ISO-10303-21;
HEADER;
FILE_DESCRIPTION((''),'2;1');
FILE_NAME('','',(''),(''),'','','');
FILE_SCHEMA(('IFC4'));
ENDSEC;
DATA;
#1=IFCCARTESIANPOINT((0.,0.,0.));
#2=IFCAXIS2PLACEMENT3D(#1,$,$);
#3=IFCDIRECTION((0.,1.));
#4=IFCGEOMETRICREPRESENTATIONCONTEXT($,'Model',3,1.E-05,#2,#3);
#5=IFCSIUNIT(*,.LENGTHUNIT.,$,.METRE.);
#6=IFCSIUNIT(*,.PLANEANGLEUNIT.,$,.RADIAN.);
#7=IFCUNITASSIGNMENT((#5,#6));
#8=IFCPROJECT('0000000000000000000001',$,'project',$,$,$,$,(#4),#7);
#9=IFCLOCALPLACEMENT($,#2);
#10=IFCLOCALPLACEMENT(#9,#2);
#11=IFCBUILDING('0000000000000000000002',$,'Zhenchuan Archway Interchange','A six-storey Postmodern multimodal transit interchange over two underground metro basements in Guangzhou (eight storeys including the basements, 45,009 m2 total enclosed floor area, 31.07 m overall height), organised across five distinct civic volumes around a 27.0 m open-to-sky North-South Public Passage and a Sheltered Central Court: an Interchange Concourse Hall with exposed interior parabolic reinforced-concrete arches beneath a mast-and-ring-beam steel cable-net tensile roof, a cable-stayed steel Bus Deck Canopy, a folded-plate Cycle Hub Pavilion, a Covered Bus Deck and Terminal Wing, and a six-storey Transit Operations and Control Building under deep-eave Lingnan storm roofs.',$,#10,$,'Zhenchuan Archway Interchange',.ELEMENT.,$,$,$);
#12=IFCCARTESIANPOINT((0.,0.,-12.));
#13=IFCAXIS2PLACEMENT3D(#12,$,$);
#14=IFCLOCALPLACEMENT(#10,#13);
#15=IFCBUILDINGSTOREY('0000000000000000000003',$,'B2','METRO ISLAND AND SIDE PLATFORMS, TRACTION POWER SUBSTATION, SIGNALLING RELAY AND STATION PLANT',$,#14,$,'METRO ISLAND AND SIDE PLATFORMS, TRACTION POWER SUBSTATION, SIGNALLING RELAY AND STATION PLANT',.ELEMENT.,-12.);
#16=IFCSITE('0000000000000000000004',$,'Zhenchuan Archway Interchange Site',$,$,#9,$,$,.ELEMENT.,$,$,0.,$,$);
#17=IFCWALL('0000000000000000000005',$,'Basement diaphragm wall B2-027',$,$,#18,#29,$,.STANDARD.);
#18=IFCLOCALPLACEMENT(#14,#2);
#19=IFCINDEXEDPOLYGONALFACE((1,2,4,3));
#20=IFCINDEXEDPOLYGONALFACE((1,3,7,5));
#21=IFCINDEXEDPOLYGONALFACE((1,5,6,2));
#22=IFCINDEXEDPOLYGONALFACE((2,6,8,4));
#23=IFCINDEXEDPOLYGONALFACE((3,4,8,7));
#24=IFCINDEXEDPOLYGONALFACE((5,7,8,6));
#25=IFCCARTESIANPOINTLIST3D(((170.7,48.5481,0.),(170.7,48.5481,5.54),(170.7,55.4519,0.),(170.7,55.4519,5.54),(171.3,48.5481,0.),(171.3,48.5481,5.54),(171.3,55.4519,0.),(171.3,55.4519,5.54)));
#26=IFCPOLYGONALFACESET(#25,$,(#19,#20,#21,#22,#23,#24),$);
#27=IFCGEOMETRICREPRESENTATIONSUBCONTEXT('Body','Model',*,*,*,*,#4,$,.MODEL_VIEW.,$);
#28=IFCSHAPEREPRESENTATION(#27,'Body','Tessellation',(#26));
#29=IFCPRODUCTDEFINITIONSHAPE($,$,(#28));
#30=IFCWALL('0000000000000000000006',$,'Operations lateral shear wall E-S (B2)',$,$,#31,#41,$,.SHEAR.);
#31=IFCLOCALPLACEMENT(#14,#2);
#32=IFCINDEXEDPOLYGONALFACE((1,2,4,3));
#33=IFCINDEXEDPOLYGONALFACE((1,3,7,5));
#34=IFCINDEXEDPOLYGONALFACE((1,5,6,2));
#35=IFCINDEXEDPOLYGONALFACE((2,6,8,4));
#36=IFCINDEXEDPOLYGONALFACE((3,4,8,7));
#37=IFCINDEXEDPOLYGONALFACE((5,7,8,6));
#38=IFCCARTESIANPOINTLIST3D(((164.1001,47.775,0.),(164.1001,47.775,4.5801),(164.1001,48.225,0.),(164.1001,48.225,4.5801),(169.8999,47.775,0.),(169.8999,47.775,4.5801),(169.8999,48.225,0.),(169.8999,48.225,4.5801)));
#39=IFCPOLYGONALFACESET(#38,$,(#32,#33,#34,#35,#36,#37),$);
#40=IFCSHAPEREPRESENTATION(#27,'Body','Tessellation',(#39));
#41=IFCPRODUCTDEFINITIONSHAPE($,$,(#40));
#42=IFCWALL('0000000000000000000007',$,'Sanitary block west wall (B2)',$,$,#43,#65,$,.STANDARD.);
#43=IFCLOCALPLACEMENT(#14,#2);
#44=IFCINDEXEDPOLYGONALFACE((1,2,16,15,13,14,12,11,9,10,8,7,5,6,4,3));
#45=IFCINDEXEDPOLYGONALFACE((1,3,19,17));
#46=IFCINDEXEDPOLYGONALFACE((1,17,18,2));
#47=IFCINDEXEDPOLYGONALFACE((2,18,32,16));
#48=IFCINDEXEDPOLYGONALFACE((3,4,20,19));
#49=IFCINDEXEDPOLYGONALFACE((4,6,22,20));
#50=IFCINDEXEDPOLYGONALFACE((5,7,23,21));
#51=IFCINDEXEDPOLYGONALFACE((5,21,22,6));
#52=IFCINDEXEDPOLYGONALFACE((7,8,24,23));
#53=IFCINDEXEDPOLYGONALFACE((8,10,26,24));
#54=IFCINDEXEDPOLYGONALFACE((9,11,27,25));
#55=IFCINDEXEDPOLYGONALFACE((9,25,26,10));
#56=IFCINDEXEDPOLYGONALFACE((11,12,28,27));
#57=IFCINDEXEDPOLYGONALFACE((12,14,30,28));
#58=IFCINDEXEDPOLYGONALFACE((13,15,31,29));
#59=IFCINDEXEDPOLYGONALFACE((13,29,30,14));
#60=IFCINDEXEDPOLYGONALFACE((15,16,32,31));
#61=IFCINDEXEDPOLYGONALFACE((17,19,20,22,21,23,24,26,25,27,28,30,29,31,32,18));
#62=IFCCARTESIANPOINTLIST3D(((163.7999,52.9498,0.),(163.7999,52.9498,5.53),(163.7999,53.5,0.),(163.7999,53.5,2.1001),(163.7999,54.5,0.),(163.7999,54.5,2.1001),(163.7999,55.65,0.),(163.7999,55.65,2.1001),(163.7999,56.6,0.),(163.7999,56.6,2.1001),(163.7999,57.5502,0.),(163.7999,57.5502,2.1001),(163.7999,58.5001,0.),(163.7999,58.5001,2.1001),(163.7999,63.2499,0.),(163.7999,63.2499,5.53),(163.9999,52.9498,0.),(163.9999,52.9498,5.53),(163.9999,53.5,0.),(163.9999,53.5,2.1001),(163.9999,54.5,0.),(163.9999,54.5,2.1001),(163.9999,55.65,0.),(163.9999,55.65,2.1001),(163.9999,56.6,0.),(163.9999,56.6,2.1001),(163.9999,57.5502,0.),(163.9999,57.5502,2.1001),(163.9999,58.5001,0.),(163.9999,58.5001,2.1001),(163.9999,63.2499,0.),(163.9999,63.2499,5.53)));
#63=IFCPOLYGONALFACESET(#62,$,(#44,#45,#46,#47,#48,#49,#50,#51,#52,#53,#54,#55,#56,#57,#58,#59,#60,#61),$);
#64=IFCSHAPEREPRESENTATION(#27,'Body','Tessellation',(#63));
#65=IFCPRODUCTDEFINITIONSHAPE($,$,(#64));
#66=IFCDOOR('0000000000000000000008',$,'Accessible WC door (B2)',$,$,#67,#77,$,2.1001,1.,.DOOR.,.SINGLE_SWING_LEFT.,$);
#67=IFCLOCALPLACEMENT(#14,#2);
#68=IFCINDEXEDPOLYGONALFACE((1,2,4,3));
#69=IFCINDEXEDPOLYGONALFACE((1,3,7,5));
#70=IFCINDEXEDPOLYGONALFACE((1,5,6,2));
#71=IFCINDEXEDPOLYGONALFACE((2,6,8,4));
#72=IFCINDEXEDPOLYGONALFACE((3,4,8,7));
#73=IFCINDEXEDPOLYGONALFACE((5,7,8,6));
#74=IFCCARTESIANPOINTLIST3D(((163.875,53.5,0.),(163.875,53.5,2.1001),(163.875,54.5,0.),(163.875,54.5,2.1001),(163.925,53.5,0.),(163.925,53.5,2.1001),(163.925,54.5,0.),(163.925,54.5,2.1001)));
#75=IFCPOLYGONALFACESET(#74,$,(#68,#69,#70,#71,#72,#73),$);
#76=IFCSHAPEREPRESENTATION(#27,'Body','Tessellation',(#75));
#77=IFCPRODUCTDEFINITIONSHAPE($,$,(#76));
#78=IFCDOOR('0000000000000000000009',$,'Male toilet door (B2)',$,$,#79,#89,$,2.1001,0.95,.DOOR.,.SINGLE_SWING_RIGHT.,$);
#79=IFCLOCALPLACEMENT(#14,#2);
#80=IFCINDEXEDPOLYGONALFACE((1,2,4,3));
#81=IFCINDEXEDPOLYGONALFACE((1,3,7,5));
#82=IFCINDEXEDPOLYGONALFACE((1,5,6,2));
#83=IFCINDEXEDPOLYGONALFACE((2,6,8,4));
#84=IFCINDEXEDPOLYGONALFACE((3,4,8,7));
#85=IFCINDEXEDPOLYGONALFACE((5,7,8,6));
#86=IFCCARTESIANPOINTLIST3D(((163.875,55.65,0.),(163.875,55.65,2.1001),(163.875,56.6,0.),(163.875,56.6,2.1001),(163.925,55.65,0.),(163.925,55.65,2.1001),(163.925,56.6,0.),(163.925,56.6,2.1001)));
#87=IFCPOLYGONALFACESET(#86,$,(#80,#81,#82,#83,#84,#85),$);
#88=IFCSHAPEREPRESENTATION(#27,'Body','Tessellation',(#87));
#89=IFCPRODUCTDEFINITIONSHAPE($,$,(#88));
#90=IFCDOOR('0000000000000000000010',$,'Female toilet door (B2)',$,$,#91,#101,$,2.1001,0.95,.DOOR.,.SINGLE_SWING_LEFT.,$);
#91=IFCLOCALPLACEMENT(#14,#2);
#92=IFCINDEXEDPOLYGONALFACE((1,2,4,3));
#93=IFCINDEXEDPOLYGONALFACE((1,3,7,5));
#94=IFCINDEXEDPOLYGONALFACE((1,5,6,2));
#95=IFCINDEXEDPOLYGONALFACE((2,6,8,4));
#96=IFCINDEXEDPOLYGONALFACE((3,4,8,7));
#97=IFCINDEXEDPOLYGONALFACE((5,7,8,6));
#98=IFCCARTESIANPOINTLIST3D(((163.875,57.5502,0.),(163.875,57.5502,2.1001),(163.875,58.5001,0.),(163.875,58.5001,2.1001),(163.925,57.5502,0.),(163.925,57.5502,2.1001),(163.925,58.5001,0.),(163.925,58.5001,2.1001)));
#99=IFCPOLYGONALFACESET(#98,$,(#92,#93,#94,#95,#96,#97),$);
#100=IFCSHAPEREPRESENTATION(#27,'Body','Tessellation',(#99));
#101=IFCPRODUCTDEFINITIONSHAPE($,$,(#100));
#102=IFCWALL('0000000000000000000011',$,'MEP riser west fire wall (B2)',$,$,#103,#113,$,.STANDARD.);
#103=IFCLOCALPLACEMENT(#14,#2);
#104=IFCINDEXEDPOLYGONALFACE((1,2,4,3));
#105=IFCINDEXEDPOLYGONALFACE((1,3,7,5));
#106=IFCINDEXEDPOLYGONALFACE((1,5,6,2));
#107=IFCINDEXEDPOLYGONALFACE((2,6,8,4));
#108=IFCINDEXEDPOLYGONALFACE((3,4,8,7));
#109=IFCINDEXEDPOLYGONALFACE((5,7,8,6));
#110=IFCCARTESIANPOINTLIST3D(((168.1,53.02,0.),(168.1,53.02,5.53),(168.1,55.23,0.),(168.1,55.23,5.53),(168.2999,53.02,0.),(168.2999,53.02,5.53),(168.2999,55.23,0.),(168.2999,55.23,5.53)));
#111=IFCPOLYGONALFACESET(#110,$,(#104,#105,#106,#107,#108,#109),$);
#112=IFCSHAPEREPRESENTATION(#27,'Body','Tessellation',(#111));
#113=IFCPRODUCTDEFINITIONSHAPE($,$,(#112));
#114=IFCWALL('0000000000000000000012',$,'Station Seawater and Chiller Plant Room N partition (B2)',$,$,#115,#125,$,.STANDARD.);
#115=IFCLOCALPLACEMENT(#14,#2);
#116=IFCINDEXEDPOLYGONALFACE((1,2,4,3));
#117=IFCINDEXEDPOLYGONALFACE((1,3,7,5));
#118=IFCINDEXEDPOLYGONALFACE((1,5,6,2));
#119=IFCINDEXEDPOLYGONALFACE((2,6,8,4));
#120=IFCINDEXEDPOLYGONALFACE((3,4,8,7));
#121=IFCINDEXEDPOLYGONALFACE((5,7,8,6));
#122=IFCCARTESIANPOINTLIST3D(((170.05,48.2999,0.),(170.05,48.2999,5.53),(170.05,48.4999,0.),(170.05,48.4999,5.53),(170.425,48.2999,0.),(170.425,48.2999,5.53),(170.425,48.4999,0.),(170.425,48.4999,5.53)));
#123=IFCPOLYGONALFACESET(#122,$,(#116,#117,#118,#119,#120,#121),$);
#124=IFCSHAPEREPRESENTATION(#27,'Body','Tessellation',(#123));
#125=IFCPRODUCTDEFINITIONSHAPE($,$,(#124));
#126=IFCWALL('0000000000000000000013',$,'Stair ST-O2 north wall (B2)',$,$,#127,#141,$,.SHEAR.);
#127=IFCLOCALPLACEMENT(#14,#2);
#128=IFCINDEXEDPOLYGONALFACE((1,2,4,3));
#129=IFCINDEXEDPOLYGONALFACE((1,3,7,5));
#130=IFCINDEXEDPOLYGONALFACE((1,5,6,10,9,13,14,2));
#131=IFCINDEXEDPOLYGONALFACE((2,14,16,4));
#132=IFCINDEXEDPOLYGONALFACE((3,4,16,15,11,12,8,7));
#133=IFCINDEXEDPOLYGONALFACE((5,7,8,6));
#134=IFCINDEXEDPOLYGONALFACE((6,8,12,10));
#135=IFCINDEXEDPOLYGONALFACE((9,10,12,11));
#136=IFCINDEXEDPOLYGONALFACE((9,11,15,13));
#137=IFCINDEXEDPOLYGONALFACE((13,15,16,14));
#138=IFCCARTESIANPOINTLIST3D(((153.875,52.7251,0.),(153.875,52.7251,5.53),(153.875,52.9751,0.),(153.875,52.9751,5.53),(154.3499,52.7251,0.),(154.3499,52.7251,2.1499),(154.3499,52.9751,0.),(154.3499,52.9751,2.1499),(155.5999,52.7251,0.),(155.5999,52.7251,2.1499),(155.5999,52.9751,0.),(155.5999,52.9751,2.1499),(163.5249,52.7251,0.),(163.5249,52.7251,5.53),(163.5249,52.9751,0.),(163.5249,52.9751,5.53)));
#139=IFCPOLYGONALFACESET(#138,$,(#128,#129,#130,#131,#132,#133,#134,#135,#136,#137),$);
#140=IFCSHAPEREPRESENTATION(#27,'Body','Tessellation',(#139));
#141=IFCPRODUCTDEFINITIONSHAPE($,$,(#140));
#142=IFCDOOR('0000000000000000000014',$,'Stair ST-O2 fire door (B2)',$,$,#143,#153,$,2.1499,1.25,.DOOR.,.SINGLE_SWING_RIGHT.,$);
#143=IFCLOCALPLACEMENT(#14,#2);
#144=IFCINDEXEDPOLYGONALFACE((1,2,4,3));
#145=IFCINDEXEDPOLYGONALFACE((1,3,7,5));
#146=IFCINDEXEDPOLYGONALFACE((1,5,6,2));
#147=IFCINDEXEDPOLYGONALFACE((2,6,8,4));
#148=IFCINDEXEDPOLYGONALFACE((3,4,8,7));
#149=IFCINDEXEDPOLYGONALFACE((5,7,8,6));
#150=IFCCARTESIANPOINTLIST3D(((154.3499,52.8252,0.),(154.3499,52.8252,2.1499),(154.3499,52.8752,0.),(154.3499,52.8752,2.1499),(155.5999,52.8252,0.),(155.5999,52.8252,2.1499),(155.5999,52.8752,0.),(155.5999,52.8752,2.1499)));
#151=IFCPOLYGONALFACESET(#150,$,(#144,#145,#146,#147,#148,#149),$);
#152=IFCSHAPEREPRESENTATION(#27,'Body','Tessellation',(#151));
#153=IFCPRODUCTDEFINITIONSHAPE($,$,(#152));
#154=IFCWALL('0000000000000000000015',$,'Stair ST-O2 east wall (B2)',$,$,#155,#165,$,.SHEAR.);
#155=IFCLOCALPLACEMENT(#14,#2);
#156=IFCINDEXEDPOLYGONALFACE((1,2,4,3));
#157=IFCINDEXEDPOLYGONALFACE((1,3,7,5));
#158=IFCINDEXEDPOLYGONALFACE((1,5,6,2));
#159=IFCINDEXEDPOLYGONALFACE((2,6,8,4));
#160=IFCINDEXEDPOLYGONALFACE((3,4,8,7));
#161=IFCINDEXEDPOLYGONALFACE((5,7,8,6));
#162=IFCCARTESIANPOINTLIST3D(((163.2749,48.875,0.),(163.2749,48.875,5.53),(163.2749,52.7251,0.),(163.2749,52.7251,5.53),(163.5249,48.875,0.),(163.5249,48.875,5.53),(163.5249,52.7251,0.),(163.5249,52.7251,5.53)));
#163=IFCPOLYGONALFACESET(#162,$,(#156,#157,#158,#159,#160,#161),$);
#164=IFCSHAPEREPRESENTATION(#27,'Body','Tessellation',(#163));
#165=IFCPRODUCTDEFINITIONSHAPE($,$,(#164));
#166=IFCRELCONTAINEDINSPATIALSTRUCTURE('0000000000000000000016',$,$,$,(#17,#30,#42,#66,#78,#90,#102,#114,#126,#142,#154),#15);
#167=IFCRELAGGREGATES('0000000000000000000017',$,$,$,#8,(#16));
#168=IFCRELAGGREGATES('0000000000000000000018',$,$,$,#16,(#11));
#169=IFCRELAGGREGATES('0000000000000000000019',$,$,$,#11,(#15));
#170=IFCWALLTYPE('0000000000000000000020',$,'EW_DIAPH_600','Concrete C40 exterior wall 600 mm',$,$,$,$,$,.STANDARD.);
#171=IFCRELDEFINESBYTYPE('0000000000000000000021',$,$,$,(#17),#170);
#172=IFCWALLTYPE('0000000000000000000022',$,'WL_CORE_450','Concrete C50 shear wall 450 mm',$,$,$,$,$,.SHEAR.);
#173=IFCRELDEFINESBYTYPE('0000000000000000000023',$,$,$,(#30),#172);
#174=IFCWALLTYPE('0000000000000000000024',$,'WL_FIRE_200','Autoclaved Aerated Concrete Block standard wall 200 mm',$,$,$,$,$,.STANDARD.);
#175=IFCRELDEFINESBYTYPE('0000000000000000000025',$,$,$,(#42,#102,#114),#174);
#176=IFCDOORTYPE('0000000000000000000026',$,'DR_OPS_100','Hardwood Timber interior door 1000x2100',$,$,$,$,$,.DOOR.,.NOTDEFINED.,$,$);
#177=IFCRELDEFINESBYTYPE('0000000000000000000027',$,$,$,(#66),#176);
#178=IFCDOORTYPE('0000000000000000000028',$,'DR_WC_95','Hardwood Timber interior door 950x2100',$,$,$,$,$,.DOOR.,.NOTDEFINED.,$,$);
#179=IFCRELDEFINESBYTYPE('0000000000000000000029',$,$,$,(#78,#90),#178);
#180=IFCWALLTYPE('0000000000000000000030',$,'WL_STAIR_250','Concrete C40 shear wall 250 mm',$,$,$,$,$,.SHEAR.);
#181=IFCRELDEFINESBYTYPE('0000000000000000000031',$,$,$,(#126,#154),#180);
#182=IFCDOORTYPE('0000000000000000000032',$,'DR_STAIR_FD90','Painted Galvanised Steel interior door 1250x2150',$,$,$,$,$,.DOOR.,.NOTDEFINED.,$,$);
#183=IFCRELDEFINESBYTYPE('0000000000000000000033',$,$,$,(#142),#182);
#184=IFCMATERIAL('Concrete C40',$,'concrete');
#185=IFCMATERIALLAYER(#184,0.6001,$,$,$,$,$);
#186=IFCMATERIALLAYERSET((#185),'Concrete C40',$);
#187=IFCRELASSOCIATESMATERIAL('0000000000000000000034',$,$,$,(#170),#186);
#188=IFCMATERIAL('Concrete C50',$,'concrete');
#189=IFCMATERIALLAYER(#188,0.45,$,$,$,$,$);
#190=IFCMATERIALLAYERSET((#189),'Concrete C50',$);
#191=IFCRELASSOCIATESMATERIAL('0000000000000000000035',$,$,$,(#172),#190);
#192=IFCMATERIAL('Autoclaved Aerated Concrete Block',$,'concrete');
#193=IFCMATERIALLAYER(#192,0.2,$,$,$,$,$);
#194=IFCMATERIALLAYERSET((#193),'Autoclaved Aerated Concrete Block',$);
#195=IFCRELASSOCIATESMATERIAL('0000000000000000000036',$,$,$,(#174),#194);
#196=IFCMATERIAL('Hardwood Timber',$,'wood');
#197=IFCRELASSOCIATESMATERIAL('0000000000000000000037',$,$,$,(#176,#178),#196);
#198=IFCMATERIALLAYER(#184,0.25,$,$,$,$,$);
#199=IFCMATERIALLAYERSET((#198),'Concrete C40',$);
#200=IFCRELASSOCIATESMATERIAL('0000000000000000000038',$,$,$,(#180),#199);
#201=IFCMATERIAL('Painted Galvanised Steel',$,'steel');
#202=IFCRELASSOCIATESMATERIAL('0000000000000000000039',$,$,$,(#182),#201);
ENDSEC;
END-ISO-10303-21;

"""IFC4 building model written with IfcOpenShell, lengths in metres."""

from ifc_helpers import new_model, si_unit, direction, frame, frame_2d, origin, place, context, subcontext, project, spatial, rectangle, extrude, material, layer, layer_set, type_object, element, fill, save


model = new_model("IFC4")

# Units and contexts
model_context = context("Model", 3, precision=1e-05, world=origin(), true_north=direction((0.0, 1.0)))
body_context = subcontext(model_context, "Body", "Model", "MODEL_VIEW")
ifc_project = project(units=[si_unit("LENGTHUNIT", "METRE"), si_unit("PLANEANGLEUNIT", "RADIAN")], contexts=[model_context])

# Site, building, storey
site_placement = place(None, origin())
site = spatial("IfcSite", under=ifc_project, at=site_placement, Name="Zhenchuan Archway Interchange Site", CompositionType="ELEMENT", RefElevation=0.0)
building_placement = place(site_placement, origin())
building = spatial("IfcBuilding", under=site, at=building_placement, Name="Zhenchuan Archway Interchange", Description="A six-storey Postmodern multimodal transit interchange over two underground metro basements in Guangzhou (eight storeys including the basements, 45,009 m2 total enclosed floor area, 31.07 m overall height), organised across five distinct civic volumes around a 27.0 m open-to-sky North-South Public Passage and a Sheltered Central Court: an Interchange Concourse Hall with exposed interior parabolic reinforced-concrete arches beneath a mast-and-ring-beam steel cable-net tensile roof, a cable-stayed steel Bus Deck Canopy, a folded-plate Cycle Hub Pavilion, a Covered Bus Deck and Terminal Wing, and a six-storey Transit Operations and Control Building under deep-eave Lingnan storm roofs.", LongName="Zhenchuan Archway Interchange", CompositionType="ELEMENT")
storey_placement = place(building_placement, frame((0.0, 0.0, -12.0)))
storey = spatial("IfcBuildingStorey", under=building, at=storey_placement, Name="B2", Description="METRO ISLAND AND SIDE PLATFORMS, TRACTION POWER SUBSTATION, SIGNALLING RELAY AND STATION PLANT", LongName="METRO ISLAND AND SIDE PLATFORMS, TRACTION POWER SUBSTATION, SIGNALLING RELAY AND STATION PLANT", CompositionType="ELEMENT", Elevation=-12.0)

# Shared definitions
ifc_material_1 = material(Name="Concrete C50", Category="concrete")

# Shared definitions
ifc_material_2 = material(Name="Concrete C40", Category="concrete")

# Walls
ifc_layer_1 = layer(ifc_material_2, 0.6001)
ifc_layer_set_1 = layer_set([ifc_layer_1], Name="Concrete C40")
wall_type_1 = type_object("IfcWallType", Name="EW_DIAPH_600", Description="Concrete C40 exterior wall 600 mm", PredefinedType="STANDARD", material=ifc_layer_set_1)
wall_1_placement = place(storey_placement, frame((171.0, 55.4519, 0.0), z_axis=(0.0, 0.0, 1.0), x_axis=(0.0, -1.0, 0.0)))
element("IfcWall", 1, at=wall_1_placement, inside=storey, type_object=wall_type_1, Name="Basement diaphragm wall B2-027", PredefinedType="STANDARD", context=body_context, shape_type="SweptSolid", body=[
    extrude(rectangle(XDim=6.9038, YDim=0.6001, at=frame_2d((3.4519, 0.0))), origin(), (0.0, 0.0, 1.0), 5.54),
])
ifc_layer_2 = layer(ifc_material_1, 0.45)
ifc_layer_set_2 = layer_set([ifc_layer_2], Name="Concrete C50")
wall_type_2 = type_object("IfcWallType", Name="WL_CORE_450", Description="Concrete C50 shear wall 450 mm", PredefinedType="SHEAR", material=ifc_layer_set_2)
wall_2_placement = place(storey_placement, frame((164.1001, 48.0, 0.0), z_axis=(0.0, 0.0, 1.0), x_axis=(1.0, 0.0, 0.0)))
element("IfcWall", 2, at=wall_2_placement, inside=storey, type_object=wall_type_2, Name="Operations lateral shear wall E-S (B2)", PredefinedType="SHEAR", context=body_context, shape_type="SweptSolid", body=[
    extrude(rectangle(XDim=5.7998, YDim=0.45, at=frame_2d((2.8999, 0.0))), origin(), (0.0, 0.0, 1.0), 4.5801),
])

# Wall, openings, doors
ifc_material_3 = material(Name="Autoclaved Aerated Concrete Block", Category="concrete")
ifc_layer_3 = layer(ifc_material_3, 0.2)
ifc_layer_set_3 = layer_set([ifc_layer_3], Name="Autoclaved Aerated Concrete Block")
wall_type_3 = type_object("IfcWallType", Name="WL_FIRE_200", Description="Autoclaved Aerated Concrete Block standard wall 200 mm", PredefinedType="STANDARD", material=ifc_layer_set_3)
wall_3_placement = place(storey_placement, frame((163.8999, 52.95, 0.0), z_axis=(0.0, 0.0, 1.0), x_axis=(0.0, 1.0, 0.0)))
wall_3 = element("IfcWall", 3, at=wall_3_placement, inside=storey, type_object=wall_type_3, Name="Sanitary block west wall (B2)", PredefinedType="STANDARD", context=body_context, shape_type="SweptSolid", body=[
    extrude(rectangle(XDim=10.3, YDim=0.2, at=frame_2d((5.1499, 0.0))), origin(), (0.0, 0.0, 1.0), 5.53),
])
opening_1_placement = place(wall_3_placement, frame((0.55, 0.0, 0.0)))
opening_1 = element("IfcOpeningElement", 4, at=opening_1_placement, cuts=wall_3, PredefinedType="OPENING", context=body_context, shape_type="SweptSolid", body=[
    extrude(rectangle(XDim=1.0, YDim=2.1001, at=frame_2d((0.5, 1.05))), frame((0.0, 0.1118, 0.0), z_axis=(0.0, -1.0, 0.0), x_axis=(1.0, 0.0, 0.0)), (0.0, 0.0, 1.0), 0.2239),
])
opening_2_placement = place(wall_3_placement, frame((2.7, 0.0, 0.0)))
opening_2 = element("IfcOpeningElement", 5, at=opening_2_placement, cuts=wall_3, PredefinedType="OPENING", context=body_context, shape_type="SweptSolid", body=[
    extrude(rectangle(XDim=0.95, YDim=2.1001, at=frame_2d((0.4751, 1.05))), frame((0.0, 0.1118, 0.0), z_axis=(0.0, -1.0, 0.0), x_axis=(1.0, 0.0, 0.0)), (0.0, 0.0, 1.0), 0.2239),
])
opening_3_placement = place(wall_3_placement, frame((4.6001, 0.0, 0.0)))
opening_3 = element("IfcOpeningElement", 6, at=opening_3_placement, cuts=wall_3, PredefinedType="OPENING", context=body_context, shape_type="SweptSolid", body=[
    extrude(rectangle(XDim=0.95, YDim=2.1001, at=frame_2d((0.4751, 1.05))), frame((0.0, 0.1118, 0.0), z_axis=(0.0, -1.0, 0.0), x_axis=(1.0, 0.0, 0.0)), (0.0, 0.0, 1.0), 0.2239),
])
ifc_material_4 = material(Name="Hardwood Timber", Category="wood")
door_type_1 = type_object("IfcDoorType", Name="DR_OPS_100", Description="Hardwood Timber interior door 1000x2100", OperationType="NOTDEFINED", PredefinedType="DOOR", material=ifc_material_4)
door_1_placement = place(opening_1_placement, origin())
door_1 = element("IfcDoor", 7, at=door_1_placement, inside=storey, type_object=door_type_1, Name="Accessible WC door (B2)", OperationType="SINGLE_SWING_LEFT", OverallHeight=2.1001, OverallWidth=1.0, PredefinedType="DOOR", context=body_context, shape_type="SweptSolid", body=[
    extrude(rectangle(XDim=1.0, YDim=2.1001, at=frame_2d((0.5, 1.05))), frame((0.0, 0.0249, 0.0), z_axis=(0.0, -1.0, 0.0), x_axis=(1.0, 0.0, 0.0)), (0.0, 0.0, 1.0), 0.05),
])
fill(opening_1, door_1)
door_type_2 = type_object("IfcDoorType", Name="DR_WC_95", Description="Hardwood Timber interior door 950x2100", OperationType="NOTDEFINED", PredefinedType="DOOR", material=ifc_material_4)
door_2_placement = place(opening_2_placement, origin())
door_2 = element("IfcDoor", 8, at=door_2_placement, inside=storey, type_object=door_type_2, Name="Male toilet door (B2)", OperationType="SINGLE_SWING_RIGHT", OverallHeight=2.1001, OverallWidth=0.95, PredefinedType="DOOR", context=body_context, shape_type="SweptSolid", body=[
    extrude(rectangle(XDim=0.95, YDim=2.1001, at=frame_2d((0.4751, 1.05))), frame((0.0, 0.0249, 0.0), z_axis=(0.0, -1.0, 0.0), x_axis=(1.0, 0.0, 0.0)), (0.0, 0.0, 1.0), 0.05),
])
fill(opening_2, door_2)
door_3_placement = place(opening_3_placement, origin())
door_3 = element("IfcDoor", 9, at=door_3_placement, inside=storey, type_object=door_type_2, Name="Female toilet door (B2)", OperationType="SINGLE_SWING_LEFT", OverallHeight=2.1001, OverallWidth=0.95, PredefinedType="DOOR", context=body_context, shape_type="SweptSolid", body=[
    extrude(rectangle(XDim=0.95, YDim=2.1001, at=frame_2d((0.4751, 1.05))), frame((0.0, 0.0249, 0.0), z_axis=(0.0, -1.0, 0.0), x_axis=(1.0, 0.0, 0.0)), (0.0, 0.0, 1.0), 0.05),
])
fill(opening_3, door_3)

# Walls
wall_4_placement = place(storey_placement, frame((168.2, 53.02, 0.0), z_axis=(0.0, 0.0, 1.0), x_axis=(0.0, 1.0, 0.0)))
element("IfcWall", 10, at=wall_4_placement, inside=storey, type_object=wall_type_3, Name="MEP riser west fire wall (B2)", PredefinedType="STANDARD", context=body_context, shape_type="SweptSolid", body=[
    extrude(rectangle(XDim=2.21, YDim=0.2, at=frame_2d((1.105, 0.0))), origin(), (0.0, 0.0, 1.0), 5.53),
])
wall_5_placement = place(storey_placement, frame((170.05, 48.3999, 0.0), z_axis=(0.0, 0.0, 1.0), x_axis=(1.0, 0.0, 0.0)))
element("IfcWall", 11, at=wall_5_placement, inside=storey, type_object=wall_type_3, Name="Station Seawater and Chiller Plant Room N partition (B2)", PredefinedType="STANDARD", context=body_context, shape_type="SweptSolid", body=[
    extrude(rectangle(XDim=0.375, YDim=0.2, at=frame_2d((0.1875, 0.0))), origin(), (0.0, 0.0, 1.0), 5.53),
])

# Wall, opening, door
ifc_layer_4 = layer(ifc_material_2, 0.25)
ifc_layer_set_4 = layer_set([ifc_layer_4], Name="Concrete C40")
wall_type_4 = type_object("IfcWallType", Name="WL_STAIR_250", Description="Concrete C40 shear wall 250 mm", PredefinedType="SHEAR", material=ifc_layer_set_4)
wall_6_placement = place(storey_placement, frame((163.5249, 52.8501, 0.0), z_axis=(0.0, 0.0, 1.0), x_axis=(-1.0, 0.0, 0.0)))
wall_6 = element("IfcWall", 12, at=wall_6_placement, inside=storey, type_object=wall_type_4, Name="Stair ST-O2 north wall (B2)", PredefinedType="SHEAR", context=body_context, shape_type="SweptSolid", body=[
    extrude(rectangle(XDim=9.6499, YDim=0.25, at=frame_2d((4.825, 0.0))), origin(), (0.0, 0.0, 1.0), 5.53),
])
opening_4_placement = place(wall_6_placement, frame((7.925, 0.0, 0.0)))
opening_4 = element("IfcOpeningElement", 13, at=opening_4_placement, cuts=wall_6, PredefinedType="OPENING", context=body_context, shape_type="SweptSolid", body=[
    extrude(rectangle(XDim=1.25, YDim=2.1499, at=frame_2d((0.625, 1.075))), frame((0.0, 0.137, 0.0), z_axis=(0.0, -1.0, 0.0), x_axis=(1.0, 0.0, 0.0)), (0.0, 0.0, 1.0), 0.2739),
])
ifc_material_5 = material(Name="Painted Galvanised Steel", Category="steel")
door_type_3 = type_object("IfcDoorType", Name="DR_STAIR_FD90", Description="Painted Galvanised Steel interior door 1250x2150", OperationType="NOTDEFINED", PredefinedType="DOOR", material=ifc_material_5)
door_4_placement = place(opening_4_placement, origin())
door_4 = element("IfcDoor", 14, at=door_4_placement, inside=storey, type_object=door_type_3, Name="Stair ST-O2 fire door (B2)", OperationType="SINGLE_SWING_RIGHT", OverallHeight=2.1499, OverallWidth=1.25, PredefinedType="DOOR", context=body_context, shape_type="SweptSolid", body=[
    extrude(rectangle(XDim=1.25, YDim=2.1499, at=frame_2d((0.625, 1.075))), frame((0.0, 0.0249, 0.0), z_axis=(0.0, -1.0, 0.0), x_axis=(1.0, 0.0, 0.0)), (0.0, 0.0, 1.0), 0.05),
])
fill(opening_4, door_4)

# Wall
wall_7_placement = place(storey_placement, frame((163.3999, 48.875, 0.0), z_axis=(0.0, 0.0, 1.0), x_axis=(0.0, 1.0, 0.0)))
element("IfcWall", 15, at=wall_7_placement, inside=storey, type_object=wall_type_4, Name="Stair ST-O2 east wall (B2)", PredefinedType="SHEAR", context=body_context, shape_type="SweptSolid", body=[
    extrude(rectangle(XDim=3.8501, YDim=0.25, at=frame_2d((1.925, 0.0))), origin(), (0.0, 0.0, 1.0), 5.53),
])

save(model, "model.ifc")
